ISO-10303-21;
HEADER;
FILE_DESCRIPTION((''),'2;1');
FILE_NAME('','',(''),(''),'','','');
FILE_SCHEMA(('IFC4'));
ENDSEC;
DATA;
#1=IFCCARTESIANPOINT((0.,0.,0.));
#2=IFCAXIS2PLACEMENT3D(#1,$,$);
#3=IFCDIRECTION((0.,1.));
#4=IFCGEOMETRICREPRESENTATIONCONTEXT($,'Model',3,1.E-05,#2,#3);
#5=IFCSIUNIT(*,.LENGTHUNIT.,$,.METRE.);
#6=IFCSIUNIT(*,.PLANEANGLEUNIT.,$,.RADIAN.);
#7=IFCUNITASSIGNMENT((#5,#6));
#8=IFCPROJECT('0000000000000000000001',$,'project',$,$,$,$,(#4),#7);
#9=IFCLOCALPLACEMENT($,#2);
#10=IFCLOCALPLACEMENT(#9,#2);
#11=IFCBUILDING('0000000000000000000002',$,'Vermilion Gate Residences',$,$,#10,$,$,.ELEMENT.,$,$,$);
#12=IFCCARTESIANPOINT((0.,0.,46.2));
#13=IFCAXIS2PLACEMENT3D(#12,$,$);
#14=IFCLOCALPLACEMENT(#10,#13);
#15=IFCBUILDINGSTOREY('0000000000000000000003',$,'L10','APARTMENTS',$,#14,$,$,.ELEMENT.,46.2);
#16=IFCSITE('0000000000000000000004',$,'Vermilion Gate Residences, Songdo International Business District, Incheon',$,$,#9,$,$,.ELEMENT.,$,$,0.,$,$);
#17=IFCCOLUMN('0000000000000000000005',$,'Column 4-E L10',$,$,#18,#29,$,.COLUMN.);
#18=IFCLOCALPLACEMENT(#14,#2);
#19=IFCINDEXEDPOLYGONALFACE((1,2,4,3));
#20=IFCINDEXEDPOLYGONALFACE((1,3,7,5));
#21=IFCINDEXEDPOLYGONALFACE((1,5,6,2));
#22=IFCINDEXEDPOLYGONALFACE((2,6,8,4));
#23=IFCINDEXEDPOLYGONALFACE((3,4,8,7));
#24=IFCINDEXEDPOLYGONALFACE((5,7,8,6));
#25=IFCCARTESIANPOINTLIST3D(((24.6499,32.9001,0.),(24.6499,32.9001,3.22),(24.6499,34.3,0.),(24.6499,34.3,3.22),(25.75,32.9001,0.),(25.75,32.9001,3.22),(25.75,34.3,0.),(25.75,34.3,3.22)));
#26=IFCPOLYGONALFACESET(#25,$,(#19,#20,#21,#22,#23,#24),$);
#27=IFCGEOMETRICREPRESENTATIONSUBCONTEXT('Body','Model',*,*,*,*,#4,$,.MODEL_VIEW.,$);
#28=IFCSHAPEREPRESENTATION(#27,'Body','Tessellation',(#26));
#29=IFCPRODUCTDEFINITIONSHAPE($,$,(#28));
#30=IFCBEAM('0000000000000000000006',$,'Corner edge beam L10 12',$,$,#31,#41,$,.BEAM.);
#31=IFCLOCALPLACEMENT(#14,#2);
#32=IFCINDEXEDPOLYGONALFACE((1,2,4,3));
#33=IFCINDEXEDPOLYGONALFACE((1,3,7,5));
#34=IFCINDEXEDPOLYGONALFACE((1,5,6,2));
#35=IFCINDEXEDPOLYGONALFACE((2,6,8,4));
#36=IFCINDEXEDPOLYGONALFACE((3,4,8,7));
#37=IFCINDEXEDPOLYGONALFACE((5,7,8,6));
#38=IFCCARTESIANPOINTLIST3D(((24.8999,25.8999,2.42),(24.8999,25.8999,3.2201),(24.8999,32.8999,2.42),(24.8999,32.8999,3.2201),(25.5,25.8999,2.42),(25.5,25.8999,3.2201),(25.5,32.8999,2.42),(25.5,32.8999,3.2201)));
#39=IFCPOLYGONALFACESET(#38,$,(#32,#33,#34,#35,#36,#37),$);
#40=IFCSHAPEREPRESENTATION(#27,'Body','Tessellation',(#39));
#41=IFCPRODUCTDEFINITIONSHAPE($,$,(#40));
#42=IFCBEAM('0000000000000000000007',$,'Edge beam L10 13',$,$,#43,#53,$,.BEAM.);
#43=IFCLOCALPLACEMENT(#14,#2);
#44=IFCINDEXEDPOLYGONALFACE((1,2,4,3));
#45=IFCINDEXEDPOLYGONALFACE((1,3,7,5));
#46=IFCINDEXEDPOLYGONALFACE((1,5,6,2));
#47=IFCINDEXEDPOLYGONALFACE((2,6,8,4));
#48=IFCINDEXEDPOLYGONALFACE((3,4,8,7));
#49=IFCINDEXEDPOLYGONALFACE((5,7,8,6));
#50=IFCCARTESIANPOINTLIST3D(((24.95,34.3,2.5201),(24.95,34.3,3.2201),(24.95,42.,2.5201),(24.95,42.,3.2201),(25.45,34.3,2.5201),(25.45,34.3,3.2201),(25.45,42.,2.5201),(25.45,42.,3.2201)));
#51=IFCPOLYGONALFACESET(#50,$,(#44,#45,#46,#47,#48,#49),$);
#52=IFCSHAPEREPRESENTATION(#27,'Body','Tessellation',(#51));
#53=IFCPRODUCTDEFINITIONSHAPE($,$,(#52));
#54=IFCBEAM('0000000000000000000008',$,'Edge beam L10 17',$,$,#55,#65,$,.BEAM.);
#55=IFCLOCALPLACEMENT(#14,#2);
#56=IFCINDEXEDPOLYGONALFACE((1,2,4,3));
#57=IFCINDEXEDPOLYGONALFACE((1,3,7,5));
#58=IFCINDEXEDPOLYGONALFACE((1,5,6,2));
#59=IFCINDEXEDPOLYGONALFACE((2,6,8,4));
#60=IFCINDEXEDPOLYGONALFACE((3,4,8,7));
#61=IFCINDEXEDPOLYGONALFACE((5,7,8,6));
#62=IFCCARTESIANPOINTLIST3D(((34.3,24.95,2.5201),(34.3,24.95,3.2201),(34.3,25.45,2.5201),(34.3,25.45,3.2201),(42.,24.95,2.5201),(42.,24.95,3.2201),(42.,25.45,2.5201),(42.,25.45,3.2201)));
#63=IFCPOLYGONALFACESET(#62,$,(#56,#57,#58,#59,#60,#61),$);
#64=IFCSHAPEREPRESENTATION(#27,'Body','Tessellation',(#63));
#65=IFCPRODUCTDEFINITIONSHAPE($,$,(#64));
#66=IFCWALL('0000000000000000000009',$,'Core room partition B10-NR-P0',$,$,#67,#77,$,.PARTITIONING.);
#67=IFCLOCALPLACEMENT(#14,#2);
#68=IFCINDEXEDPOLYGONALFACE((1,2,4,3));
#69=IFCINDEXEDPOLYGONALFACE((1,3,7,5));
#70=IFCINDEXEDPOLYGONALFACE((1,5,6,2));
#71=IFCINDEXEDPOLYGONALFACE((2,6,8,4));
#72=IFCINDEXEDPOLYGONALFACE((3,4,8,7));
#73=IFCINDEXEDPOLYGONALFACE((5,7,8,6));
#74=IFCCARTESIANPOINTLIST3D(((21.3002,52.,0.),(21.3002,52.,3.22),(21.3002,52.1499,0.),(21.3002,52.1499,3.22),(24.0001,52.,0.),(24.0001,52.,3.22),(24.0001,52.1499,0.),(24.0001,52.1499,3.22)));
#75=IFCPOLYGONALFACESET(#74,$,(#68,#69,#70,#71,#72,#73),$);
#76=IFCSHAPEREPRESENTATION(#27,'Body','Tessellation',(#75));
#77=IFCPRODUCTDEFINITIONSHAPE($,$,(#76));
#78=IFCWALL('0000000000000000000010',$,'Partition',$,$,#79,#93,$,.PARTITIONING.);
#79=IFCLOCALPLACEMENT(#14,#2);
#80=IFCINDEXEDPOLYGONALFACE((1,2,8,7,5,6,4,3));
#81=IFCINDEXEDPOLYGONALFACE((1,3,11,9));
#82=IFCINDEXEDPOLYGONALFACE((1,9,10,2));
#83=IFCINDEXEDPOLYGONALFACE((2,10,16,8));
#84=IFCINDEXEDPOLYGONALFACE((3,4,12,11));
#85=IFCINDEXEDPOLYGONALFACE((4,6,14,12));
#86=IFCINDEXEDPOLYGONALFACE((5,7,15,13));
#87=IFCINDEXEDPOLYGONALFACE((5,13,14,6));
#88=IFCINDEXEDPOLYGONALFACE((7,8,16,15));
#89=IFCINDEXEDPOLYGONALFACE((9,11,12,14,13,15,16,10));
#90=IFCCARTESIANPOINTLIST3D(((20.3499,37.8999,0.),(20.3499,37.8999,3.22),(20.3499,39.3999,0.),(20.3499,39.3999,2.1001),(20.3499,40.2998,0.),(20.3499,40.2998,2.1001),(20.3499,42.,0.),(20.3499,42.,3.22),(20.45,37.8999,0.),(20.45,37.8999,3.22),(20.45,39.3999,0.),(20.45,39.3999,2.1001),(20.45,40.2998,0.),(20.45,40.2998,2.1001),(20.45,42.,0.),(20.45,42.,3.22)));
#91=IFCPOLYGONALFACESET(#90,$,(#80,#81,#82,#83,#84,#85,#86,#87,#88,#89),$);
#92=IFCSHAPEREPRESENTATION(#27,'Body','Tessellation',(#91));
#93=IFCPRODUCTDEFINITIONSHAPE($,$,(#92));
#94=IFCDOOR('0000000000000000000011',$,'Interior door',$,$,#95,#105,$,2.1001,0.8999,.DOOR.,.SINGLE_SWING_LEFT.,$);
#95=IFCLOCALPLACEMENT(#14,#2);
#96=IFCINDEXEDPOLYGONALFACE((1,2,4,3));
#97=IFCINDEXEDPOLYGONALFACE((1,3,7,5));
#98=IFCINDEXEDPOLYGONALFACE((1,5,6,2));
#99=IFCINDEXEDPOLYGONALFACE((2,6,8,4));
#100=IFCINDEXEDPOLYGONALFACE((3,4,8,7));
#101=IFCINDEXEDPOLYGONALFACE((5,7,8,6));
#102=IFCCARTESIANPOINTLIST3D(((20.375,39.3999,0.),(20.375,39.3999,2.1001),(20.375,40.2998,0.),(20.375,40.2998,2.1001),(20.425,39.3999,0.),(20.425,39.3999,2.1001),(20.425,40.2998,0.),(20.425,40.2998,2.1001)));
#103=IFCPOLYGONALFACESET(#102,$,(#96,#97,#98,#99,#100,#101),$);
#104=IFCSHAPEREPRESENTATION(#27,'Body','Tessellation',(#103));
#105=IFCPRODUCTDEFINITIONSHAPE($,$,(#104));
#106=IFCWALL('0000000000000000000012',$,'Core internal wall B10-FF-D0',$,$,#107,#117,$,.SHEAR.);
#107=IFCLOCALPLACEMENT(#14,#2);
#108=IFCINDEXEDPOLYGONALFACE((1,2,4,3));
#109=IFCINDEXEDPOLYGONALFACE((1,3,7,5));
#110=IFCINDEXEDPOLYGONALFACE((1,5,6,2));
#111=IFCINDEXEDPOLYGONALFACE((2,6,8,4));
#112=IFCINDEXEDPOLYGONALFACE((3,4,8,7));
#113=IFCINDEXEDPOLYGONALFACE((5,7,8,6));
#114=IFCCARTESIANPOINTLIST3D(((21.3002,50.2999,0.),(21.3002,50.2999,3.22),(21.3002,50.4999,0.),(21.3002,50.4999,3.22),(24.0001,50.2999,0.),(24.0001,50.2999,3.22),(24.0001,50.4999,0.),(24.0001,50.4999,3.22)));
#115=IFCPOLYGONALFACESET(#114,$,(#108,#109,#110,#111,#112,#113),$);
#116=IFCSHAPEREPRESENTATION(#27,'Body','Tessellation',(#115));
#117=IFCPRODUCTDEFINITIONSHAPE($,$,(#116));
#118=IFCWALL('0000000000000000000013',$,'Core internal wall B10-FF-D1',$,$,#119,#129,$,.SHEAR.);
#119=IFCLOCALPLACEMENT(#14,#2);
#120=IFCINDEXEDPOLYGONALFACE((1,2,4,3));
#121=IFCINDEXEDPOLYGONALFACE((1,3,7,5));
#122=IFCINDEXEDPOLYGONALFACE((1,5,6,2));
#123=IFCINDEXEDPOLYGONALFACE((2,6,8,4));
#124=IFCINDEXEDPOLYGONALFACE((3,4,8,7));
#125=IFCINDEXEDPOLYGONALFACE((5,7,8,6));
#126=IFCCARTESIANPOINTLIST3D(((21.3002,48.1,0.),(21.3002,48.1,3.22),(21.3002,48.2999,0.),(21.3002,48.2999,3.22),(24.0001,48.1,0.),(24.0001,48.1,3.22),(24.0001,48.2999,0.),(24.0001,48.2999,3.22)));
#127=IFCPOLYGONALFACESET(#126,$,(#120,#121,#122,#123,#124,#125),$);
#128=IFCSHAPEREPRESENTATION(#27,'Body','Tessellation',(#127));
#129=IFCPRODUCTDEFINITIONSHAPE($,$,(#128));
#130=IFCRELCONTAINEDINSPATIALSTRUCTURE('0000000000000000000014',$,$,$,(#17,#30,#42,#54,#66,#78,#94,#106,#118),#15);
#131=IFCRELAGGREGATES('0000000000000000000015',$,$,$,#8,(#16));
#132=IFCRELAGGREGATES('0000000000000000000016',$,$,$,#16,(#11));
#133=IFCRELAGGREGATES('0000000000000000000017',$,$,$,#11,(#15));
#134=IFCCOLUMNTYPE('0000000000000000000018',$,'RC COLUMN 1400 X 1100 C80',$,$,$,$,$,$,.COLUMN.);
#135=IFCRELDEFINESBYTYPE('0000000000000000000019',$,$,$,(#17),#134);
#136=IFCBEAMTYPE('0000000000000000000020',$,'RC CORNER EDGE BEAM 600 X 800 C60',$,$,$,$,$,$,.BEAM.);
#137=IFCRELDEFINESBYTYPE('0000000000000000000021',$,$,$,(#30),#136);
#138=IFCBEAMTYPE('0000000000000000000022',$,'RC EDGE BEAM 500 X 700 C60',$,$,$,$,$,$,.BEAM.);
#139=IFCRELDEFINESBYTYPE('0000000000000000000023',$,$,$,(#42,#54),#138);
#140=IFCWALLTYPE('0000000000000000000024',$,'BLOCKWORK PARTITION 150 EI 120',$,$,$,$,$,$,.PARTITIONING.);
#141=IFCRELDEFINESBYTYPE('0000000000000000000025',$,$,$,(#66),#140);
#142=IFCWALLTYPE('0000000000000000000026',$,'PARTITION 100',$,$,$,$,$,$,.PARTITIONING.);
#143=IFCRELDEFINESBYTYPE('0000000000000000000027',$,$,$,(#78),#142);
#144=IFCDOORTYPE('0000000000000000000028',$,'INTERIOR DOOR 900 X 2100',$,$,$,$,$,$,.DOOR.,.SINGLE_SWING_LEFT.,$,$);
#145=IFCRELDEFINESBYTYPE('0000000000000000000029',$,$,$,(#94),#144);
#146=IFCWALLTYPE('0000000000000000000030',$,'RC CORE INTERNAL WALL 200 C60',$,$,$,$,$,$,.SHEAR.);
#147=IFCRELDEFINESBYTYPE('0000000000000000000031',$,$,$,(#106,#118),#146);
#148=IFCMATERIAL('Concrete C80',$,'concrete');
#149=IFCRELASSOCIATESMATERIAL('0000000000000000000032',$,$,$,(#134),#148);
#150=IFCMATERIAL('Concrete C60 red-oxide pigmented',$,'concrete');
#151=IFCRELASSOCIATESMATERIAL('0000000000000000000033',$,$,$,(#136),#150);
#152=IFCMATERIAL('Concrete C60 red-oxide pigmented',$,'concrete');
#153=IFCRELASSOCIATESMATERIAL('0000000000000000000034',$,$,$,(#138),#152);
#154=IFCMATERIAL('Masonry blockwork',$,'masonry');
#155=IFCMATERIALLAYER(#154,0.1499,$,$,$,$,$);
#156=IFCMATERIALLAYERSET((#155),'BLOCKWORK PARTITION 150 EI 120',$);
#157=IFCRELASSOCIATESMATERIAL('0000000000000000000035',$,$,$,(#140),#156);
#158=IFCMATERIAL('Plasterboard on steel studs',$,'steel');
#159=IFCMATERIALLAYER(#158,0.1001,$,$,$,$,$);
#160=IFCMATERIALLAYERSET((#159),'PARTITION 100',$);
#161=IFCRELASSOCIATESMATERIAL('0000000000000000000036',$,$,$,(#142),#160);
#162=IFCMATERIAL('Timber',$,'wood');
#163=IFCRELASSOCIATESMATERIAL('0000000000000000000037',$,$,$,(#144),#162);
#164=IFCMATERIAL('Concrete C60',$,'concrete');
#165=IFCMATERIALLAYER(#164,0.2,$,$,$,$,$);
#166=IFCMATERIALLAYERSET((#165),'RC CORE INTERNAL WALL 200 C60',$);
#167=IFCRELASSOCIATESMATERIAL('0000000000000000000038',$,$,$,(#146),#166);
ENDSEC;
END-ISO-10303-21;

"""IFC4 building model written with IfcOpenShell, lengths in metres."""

from ifc_helpers import new_model, si_unit, direction, frame, frame_2d, origin, origin_2d, place, context, subcontext, project, spatial, rectangle, extrude, material, layer, layer_set, material_profile, profile_set, type_object, element, fill, save


model = new_model("IFC4")

# Units and contexts
model_context = context("Model", 3, precision=1e-05, world=origin(), true_north=direction((0.0, 1.0)))
body_context = subcontext(model_context, "Body", "Model", "MODEL_VIEW")
ifc_project = project(units=[si_unit("LENGTHUNIT", "METRE"), si_unit("PLANEANGLEUNIT", "RADIAN")], contexts=[model_context])

# Site, building, storey
site_placement = place(None, origin())
site = spatial("IfcSite", under=ifc_project, at=site_placement, Name="Vermilion Gate Residences, Songdo International Business District, Incheon", CompositionType="ELEMENT", RefElevation=0.0)
building_placement = place(site_placement, origin())
building = spatial("IfcBuilding", under=site, at=building_placement, Name="Vermilion Gate Residences", CompositionType="ELEMENT")
storey_placement = place(building_placement, frame((0.0, 0.0, 46.2)))
storey = spatial("IfcBuildingStorey", under=building, at=storey_placement, Name="L10", Description="APARTMENTS", CompositionType="ELEMENT", Elevation=46.2)

# Column
ifc_material_1 = material(Name="Concrete C80", Category="concrete")
ifc_material_profile_1 = material_profile(ifc_material_1, rectangle(XDim=1.3999, YDim=1.1001, at=origin_2d()), Name="RC-1400x1100")
ifc_profile_set_1 = profile_set([ifc_material_profile_1], Name="Concrete C80")
column_type = type_object("IfcColumnType", Name="RC COLUMN 1400 X 1100 C80", PredefinedType="COLUMN", material=ifc_profile_set_1)
column_placement = place(storey_placement, frame((25.2, 33.6001, 0.0), z_axis=(0.0, 0.0, 1.0), x_axis=(0.0, 1.0, 0.0)))
element("IfcColumn", 1, at=column_placement, inside=storey, type_object=column_type, Name="Column 4-E L10", PredefinedType="COLUMN", context=body_context, shape_type="SweptSolid", body=[
    extrude(rectangle(XDim=1.3999, YDim=1.1001, at=origin_2d()), origin(), (0.0, 0.0, 1.0), 3.22),
])

# Beams
ifc_material_2 = material(Name="Concrete C60 red-oxide pigmented", Category="concrete")
ifc_material_profile_2 = material_profile(ifc_material_2, rectangle(XDim=0.6001, YDim=0.8, at=origin_2d()), Name="RC-600x800")
ifc_profile_set_2 = profile_set([ifc_material_profile_2], Name="Concrete C60 red-oxide pigmented")
beam_type_1 = type_object("IfcBeamType", Name="RC CORNER EDGE BEAM 600 X 800 C60", PredefinedType="BEAM", material=ifc_profile_set_2)
beam_placement = place(storey_placement, frame((25.2, 25.8999, 2.8201), z_axis=(0.0, 1.0, 0.0), x_axis=(-1.0, 0.0, 0.0)))
element("IfcBeam", 2, at=beam_placement, inside=storey, type_object=beam_type_1, Name="Corner edge beam L10 12", PredefinedType="BEAM", context=body_context, shape_type="SweptSolid", body=[
    extrude(rectangle(XDim=0.6001, YDim=0.8, at=origin_2d()), origin(), (0.0, 0.0, 1.0), 7.0),
])
ifc_material_3 = material(Name="Concrete C60 red-oxide pigmented", Category="concrete")
ifc_material_profile_3 = material_profile(ifc_material_3, rectangle(XDim=0.5, YDim=0.7, at=origin_2d()), Name="RC-500x700")
ifc_profile_set_3 = profile_set([ifc_material_profile_3], Name="Concrete C60 red-oxide pigmented")
beam_type_2 = type_object("IfcBeamType", Name="RC EDGE BEAM 500 X 700 C60", PredefinedType="BEAM", material=ifc_profile_set_3)
for number, where, z_axis, x_axis, name in (
    (3, (25.2, 34.3, 2.8701), (0.0, 1.0, 0.0), (-1.0, 0.0, 0.0), "Edge beam L10 13"),
    (4, (34.3, 25.2, 2.8701), (1.0, 0.0, 0.0), (0.0, 1.0, 0.0), "Edge beam L10 17"),
):
    element("IfcBeam", number, at=place(storey_placement, frame(where, z_axis=z_axis, x_axis=x_axis)), inside=storey, type_object=beam_type_2, Name=name, PredefinedType="BEAM", context=body_context, shape_type="SweptSolid", body=[
        extrude(rectangle(XDim=0.5, YDim=0.7, at=origin_2d()), origin(), (0.0, 0.0, 1.0), 7.7),
    ])

# Wall
ifc_material_4 = material(Name="Masonry blockwork", Category="masonry")
ifc_layer_1 = layer(ifc_material_4, 0.1499)
ifc_layer_set_1 = layer_set([ifc_layer_1], Name="BLOCKWORK PARTITION 150 EI 120")
wall_type_1 = type_object("IfcWallType", Name="BLOCKWORK PARTITION 150 EI 120", PredefinedType="PARTITIONING", material=ifc_layer_set_1)
wall_1_placement = place(storey_placement, frame((21.3, 52.075, 0.0), z_axis=(0.0, 0.0, 1.0), x_axis=(1.0, 0.0, 0.0)))
element("IfcWall", 5, at=wall_1_placement, inside=storey, type_object=wall_type_1, Name="Core room partition B10-NR-P0", PredefinedType="PARTITIONING", context=body_context, shape_type="SweptSolid", body=[
    extrude(rectangle(XDim=2.7, YDim=0.1499, at=frame_2d((1.3501, 0.0))), origin(), (0.0, 0.0, 1.0), 3.22),
])

# Wall, opening, door
ifc_material_5 = material(Name="Plasterboard on steel studs", Category="steel")
ifc_layer_2 = layer(ifc_material_5, 0.1001)
ifc_layer_set_2 = layer_set([ifc_layer_2], Name="PARTITION 100")
wall_type_2 = type_object("IfcWallType", Name="PARTITION 100", PredefinedType="PARTITIONING", material=ifc_layer_set_2)
wall_2_placement = place(storey_placement, frame((20.3999, 37.8999, 0.0), z_axis=(0.0, 0.0, 1.0), x_axis=(0.0, 1.0, 0.0)))
wall_2 = element("IfcWall", 6, at=wall_2_placement, inside=storey, type_object=wall_type_2, Name="Partition", PredefinedType="PARTITIONING", context=body_context, shape_type="SweptSolid", body=[
    extrude(rectangle(XDim=4.1001, YDim=0.1001, at=frame_2d((2.05, 0.0))), origin(), (0.0, 0.0, 1.0), 3.22),
])
opening_1_placement = place(wall_2_placement, frame((1.5, 0.0, 0.0)))
opening_1 = element("IfcOpeningElement", 7, at=opening_1_placement, cuts=wall_2, PredefinedType="OPENING", context=body_context, shape_type="SweptSolid", body=[
    extrude(rectangle(XDim=0.8999, YDim=2.1001, at=frame_2d((0.45, 1.05))), frame((0.0, 0.0601, 0.0), z_axis=(0.0, -1.0, 0.0), x_axis=(1.0, 0.0, 0.0)), (0.0, 0.0, 1.0), 0.1201),
])
ifc_material_6 = material(Name="Timber", Category="wood")
door_type_1 = type_object("IfcDoorType", Name="INTERIOR DOOR 900 X 2100", OperationType="SINGLE_SWING_LEFT", PredefinedType="DOOR", material=ifc_material_6)
door_1_placement = place(opening_1_placement, origin())
door_1 = element("IfcDoor", 8, at=door_1_placement, inside=storey, type_object=door_type_1, Name="Interior door", OperationType="SINGLE_SWING_LEFT", OverallHeight=2.1001, OverallWidth=0.8999, PredefinedType="DOOR", context=body_context, shape_type="SweptSolid", body=[
    extrude(rectangle(XDim=0.8999, YDim=2.1001, at=frame_2d((0.45, 1.05))), frame((0.0, 0.0249, 0.0), z_axis=(0.0, -1.0, 0.0), x_axis=(1.0, 0.0, 0.0)), (0.0, 0.0, 1.0), 0.05),
])
fill(opening_1, door_1)

# Walls
ifc_material_7 = material(Name="Concrete C60", Category="concrete")
ifc_layer_3 = layer(ifc_material_7, 0.2)
ifc_layer_set_3 = layer_set([ifc_layer_3], Name="RC CORE INTERNAL WALL 200 C60")
wall_type_3 = type_object("IfcWallType", Name="RC CORE INTERNAL WALL 200 C60", PredefinedType="SHEAR", material=ifc_layer_set_3)
for number, where, z_axis, x_axis, name in (
    (9, (21.3, 50.3999, 0.0), (0.0, 0.0, 1.0), (1.0, 0.0, 0.0), "Core internal wall B10-FF-D0"),
    (10, (21.3, 48.2, 0.0), (0.0, 0.0, 1.0), (1.0, 0.0, 0.0), "Core internal wall B10-FF-D1"),
):
    element("IfcWall", number, at=place(storey_placement, frame(where, z_axis=z_axis, x_axis=x_axis)), inside=storey, type_object=wall_type_3, Name=name, PredefinedType="SHEAR", context=body_context, shape_type="SweptSolid", body=[
        extrude(rectangle(XDim=2.7, YDim=0.2, at=frame_2d((1.3501, 0.0))), origin(), (0.0, 0.0, 1.0), 3.22),
    ])

save(model, "model.ifc")
